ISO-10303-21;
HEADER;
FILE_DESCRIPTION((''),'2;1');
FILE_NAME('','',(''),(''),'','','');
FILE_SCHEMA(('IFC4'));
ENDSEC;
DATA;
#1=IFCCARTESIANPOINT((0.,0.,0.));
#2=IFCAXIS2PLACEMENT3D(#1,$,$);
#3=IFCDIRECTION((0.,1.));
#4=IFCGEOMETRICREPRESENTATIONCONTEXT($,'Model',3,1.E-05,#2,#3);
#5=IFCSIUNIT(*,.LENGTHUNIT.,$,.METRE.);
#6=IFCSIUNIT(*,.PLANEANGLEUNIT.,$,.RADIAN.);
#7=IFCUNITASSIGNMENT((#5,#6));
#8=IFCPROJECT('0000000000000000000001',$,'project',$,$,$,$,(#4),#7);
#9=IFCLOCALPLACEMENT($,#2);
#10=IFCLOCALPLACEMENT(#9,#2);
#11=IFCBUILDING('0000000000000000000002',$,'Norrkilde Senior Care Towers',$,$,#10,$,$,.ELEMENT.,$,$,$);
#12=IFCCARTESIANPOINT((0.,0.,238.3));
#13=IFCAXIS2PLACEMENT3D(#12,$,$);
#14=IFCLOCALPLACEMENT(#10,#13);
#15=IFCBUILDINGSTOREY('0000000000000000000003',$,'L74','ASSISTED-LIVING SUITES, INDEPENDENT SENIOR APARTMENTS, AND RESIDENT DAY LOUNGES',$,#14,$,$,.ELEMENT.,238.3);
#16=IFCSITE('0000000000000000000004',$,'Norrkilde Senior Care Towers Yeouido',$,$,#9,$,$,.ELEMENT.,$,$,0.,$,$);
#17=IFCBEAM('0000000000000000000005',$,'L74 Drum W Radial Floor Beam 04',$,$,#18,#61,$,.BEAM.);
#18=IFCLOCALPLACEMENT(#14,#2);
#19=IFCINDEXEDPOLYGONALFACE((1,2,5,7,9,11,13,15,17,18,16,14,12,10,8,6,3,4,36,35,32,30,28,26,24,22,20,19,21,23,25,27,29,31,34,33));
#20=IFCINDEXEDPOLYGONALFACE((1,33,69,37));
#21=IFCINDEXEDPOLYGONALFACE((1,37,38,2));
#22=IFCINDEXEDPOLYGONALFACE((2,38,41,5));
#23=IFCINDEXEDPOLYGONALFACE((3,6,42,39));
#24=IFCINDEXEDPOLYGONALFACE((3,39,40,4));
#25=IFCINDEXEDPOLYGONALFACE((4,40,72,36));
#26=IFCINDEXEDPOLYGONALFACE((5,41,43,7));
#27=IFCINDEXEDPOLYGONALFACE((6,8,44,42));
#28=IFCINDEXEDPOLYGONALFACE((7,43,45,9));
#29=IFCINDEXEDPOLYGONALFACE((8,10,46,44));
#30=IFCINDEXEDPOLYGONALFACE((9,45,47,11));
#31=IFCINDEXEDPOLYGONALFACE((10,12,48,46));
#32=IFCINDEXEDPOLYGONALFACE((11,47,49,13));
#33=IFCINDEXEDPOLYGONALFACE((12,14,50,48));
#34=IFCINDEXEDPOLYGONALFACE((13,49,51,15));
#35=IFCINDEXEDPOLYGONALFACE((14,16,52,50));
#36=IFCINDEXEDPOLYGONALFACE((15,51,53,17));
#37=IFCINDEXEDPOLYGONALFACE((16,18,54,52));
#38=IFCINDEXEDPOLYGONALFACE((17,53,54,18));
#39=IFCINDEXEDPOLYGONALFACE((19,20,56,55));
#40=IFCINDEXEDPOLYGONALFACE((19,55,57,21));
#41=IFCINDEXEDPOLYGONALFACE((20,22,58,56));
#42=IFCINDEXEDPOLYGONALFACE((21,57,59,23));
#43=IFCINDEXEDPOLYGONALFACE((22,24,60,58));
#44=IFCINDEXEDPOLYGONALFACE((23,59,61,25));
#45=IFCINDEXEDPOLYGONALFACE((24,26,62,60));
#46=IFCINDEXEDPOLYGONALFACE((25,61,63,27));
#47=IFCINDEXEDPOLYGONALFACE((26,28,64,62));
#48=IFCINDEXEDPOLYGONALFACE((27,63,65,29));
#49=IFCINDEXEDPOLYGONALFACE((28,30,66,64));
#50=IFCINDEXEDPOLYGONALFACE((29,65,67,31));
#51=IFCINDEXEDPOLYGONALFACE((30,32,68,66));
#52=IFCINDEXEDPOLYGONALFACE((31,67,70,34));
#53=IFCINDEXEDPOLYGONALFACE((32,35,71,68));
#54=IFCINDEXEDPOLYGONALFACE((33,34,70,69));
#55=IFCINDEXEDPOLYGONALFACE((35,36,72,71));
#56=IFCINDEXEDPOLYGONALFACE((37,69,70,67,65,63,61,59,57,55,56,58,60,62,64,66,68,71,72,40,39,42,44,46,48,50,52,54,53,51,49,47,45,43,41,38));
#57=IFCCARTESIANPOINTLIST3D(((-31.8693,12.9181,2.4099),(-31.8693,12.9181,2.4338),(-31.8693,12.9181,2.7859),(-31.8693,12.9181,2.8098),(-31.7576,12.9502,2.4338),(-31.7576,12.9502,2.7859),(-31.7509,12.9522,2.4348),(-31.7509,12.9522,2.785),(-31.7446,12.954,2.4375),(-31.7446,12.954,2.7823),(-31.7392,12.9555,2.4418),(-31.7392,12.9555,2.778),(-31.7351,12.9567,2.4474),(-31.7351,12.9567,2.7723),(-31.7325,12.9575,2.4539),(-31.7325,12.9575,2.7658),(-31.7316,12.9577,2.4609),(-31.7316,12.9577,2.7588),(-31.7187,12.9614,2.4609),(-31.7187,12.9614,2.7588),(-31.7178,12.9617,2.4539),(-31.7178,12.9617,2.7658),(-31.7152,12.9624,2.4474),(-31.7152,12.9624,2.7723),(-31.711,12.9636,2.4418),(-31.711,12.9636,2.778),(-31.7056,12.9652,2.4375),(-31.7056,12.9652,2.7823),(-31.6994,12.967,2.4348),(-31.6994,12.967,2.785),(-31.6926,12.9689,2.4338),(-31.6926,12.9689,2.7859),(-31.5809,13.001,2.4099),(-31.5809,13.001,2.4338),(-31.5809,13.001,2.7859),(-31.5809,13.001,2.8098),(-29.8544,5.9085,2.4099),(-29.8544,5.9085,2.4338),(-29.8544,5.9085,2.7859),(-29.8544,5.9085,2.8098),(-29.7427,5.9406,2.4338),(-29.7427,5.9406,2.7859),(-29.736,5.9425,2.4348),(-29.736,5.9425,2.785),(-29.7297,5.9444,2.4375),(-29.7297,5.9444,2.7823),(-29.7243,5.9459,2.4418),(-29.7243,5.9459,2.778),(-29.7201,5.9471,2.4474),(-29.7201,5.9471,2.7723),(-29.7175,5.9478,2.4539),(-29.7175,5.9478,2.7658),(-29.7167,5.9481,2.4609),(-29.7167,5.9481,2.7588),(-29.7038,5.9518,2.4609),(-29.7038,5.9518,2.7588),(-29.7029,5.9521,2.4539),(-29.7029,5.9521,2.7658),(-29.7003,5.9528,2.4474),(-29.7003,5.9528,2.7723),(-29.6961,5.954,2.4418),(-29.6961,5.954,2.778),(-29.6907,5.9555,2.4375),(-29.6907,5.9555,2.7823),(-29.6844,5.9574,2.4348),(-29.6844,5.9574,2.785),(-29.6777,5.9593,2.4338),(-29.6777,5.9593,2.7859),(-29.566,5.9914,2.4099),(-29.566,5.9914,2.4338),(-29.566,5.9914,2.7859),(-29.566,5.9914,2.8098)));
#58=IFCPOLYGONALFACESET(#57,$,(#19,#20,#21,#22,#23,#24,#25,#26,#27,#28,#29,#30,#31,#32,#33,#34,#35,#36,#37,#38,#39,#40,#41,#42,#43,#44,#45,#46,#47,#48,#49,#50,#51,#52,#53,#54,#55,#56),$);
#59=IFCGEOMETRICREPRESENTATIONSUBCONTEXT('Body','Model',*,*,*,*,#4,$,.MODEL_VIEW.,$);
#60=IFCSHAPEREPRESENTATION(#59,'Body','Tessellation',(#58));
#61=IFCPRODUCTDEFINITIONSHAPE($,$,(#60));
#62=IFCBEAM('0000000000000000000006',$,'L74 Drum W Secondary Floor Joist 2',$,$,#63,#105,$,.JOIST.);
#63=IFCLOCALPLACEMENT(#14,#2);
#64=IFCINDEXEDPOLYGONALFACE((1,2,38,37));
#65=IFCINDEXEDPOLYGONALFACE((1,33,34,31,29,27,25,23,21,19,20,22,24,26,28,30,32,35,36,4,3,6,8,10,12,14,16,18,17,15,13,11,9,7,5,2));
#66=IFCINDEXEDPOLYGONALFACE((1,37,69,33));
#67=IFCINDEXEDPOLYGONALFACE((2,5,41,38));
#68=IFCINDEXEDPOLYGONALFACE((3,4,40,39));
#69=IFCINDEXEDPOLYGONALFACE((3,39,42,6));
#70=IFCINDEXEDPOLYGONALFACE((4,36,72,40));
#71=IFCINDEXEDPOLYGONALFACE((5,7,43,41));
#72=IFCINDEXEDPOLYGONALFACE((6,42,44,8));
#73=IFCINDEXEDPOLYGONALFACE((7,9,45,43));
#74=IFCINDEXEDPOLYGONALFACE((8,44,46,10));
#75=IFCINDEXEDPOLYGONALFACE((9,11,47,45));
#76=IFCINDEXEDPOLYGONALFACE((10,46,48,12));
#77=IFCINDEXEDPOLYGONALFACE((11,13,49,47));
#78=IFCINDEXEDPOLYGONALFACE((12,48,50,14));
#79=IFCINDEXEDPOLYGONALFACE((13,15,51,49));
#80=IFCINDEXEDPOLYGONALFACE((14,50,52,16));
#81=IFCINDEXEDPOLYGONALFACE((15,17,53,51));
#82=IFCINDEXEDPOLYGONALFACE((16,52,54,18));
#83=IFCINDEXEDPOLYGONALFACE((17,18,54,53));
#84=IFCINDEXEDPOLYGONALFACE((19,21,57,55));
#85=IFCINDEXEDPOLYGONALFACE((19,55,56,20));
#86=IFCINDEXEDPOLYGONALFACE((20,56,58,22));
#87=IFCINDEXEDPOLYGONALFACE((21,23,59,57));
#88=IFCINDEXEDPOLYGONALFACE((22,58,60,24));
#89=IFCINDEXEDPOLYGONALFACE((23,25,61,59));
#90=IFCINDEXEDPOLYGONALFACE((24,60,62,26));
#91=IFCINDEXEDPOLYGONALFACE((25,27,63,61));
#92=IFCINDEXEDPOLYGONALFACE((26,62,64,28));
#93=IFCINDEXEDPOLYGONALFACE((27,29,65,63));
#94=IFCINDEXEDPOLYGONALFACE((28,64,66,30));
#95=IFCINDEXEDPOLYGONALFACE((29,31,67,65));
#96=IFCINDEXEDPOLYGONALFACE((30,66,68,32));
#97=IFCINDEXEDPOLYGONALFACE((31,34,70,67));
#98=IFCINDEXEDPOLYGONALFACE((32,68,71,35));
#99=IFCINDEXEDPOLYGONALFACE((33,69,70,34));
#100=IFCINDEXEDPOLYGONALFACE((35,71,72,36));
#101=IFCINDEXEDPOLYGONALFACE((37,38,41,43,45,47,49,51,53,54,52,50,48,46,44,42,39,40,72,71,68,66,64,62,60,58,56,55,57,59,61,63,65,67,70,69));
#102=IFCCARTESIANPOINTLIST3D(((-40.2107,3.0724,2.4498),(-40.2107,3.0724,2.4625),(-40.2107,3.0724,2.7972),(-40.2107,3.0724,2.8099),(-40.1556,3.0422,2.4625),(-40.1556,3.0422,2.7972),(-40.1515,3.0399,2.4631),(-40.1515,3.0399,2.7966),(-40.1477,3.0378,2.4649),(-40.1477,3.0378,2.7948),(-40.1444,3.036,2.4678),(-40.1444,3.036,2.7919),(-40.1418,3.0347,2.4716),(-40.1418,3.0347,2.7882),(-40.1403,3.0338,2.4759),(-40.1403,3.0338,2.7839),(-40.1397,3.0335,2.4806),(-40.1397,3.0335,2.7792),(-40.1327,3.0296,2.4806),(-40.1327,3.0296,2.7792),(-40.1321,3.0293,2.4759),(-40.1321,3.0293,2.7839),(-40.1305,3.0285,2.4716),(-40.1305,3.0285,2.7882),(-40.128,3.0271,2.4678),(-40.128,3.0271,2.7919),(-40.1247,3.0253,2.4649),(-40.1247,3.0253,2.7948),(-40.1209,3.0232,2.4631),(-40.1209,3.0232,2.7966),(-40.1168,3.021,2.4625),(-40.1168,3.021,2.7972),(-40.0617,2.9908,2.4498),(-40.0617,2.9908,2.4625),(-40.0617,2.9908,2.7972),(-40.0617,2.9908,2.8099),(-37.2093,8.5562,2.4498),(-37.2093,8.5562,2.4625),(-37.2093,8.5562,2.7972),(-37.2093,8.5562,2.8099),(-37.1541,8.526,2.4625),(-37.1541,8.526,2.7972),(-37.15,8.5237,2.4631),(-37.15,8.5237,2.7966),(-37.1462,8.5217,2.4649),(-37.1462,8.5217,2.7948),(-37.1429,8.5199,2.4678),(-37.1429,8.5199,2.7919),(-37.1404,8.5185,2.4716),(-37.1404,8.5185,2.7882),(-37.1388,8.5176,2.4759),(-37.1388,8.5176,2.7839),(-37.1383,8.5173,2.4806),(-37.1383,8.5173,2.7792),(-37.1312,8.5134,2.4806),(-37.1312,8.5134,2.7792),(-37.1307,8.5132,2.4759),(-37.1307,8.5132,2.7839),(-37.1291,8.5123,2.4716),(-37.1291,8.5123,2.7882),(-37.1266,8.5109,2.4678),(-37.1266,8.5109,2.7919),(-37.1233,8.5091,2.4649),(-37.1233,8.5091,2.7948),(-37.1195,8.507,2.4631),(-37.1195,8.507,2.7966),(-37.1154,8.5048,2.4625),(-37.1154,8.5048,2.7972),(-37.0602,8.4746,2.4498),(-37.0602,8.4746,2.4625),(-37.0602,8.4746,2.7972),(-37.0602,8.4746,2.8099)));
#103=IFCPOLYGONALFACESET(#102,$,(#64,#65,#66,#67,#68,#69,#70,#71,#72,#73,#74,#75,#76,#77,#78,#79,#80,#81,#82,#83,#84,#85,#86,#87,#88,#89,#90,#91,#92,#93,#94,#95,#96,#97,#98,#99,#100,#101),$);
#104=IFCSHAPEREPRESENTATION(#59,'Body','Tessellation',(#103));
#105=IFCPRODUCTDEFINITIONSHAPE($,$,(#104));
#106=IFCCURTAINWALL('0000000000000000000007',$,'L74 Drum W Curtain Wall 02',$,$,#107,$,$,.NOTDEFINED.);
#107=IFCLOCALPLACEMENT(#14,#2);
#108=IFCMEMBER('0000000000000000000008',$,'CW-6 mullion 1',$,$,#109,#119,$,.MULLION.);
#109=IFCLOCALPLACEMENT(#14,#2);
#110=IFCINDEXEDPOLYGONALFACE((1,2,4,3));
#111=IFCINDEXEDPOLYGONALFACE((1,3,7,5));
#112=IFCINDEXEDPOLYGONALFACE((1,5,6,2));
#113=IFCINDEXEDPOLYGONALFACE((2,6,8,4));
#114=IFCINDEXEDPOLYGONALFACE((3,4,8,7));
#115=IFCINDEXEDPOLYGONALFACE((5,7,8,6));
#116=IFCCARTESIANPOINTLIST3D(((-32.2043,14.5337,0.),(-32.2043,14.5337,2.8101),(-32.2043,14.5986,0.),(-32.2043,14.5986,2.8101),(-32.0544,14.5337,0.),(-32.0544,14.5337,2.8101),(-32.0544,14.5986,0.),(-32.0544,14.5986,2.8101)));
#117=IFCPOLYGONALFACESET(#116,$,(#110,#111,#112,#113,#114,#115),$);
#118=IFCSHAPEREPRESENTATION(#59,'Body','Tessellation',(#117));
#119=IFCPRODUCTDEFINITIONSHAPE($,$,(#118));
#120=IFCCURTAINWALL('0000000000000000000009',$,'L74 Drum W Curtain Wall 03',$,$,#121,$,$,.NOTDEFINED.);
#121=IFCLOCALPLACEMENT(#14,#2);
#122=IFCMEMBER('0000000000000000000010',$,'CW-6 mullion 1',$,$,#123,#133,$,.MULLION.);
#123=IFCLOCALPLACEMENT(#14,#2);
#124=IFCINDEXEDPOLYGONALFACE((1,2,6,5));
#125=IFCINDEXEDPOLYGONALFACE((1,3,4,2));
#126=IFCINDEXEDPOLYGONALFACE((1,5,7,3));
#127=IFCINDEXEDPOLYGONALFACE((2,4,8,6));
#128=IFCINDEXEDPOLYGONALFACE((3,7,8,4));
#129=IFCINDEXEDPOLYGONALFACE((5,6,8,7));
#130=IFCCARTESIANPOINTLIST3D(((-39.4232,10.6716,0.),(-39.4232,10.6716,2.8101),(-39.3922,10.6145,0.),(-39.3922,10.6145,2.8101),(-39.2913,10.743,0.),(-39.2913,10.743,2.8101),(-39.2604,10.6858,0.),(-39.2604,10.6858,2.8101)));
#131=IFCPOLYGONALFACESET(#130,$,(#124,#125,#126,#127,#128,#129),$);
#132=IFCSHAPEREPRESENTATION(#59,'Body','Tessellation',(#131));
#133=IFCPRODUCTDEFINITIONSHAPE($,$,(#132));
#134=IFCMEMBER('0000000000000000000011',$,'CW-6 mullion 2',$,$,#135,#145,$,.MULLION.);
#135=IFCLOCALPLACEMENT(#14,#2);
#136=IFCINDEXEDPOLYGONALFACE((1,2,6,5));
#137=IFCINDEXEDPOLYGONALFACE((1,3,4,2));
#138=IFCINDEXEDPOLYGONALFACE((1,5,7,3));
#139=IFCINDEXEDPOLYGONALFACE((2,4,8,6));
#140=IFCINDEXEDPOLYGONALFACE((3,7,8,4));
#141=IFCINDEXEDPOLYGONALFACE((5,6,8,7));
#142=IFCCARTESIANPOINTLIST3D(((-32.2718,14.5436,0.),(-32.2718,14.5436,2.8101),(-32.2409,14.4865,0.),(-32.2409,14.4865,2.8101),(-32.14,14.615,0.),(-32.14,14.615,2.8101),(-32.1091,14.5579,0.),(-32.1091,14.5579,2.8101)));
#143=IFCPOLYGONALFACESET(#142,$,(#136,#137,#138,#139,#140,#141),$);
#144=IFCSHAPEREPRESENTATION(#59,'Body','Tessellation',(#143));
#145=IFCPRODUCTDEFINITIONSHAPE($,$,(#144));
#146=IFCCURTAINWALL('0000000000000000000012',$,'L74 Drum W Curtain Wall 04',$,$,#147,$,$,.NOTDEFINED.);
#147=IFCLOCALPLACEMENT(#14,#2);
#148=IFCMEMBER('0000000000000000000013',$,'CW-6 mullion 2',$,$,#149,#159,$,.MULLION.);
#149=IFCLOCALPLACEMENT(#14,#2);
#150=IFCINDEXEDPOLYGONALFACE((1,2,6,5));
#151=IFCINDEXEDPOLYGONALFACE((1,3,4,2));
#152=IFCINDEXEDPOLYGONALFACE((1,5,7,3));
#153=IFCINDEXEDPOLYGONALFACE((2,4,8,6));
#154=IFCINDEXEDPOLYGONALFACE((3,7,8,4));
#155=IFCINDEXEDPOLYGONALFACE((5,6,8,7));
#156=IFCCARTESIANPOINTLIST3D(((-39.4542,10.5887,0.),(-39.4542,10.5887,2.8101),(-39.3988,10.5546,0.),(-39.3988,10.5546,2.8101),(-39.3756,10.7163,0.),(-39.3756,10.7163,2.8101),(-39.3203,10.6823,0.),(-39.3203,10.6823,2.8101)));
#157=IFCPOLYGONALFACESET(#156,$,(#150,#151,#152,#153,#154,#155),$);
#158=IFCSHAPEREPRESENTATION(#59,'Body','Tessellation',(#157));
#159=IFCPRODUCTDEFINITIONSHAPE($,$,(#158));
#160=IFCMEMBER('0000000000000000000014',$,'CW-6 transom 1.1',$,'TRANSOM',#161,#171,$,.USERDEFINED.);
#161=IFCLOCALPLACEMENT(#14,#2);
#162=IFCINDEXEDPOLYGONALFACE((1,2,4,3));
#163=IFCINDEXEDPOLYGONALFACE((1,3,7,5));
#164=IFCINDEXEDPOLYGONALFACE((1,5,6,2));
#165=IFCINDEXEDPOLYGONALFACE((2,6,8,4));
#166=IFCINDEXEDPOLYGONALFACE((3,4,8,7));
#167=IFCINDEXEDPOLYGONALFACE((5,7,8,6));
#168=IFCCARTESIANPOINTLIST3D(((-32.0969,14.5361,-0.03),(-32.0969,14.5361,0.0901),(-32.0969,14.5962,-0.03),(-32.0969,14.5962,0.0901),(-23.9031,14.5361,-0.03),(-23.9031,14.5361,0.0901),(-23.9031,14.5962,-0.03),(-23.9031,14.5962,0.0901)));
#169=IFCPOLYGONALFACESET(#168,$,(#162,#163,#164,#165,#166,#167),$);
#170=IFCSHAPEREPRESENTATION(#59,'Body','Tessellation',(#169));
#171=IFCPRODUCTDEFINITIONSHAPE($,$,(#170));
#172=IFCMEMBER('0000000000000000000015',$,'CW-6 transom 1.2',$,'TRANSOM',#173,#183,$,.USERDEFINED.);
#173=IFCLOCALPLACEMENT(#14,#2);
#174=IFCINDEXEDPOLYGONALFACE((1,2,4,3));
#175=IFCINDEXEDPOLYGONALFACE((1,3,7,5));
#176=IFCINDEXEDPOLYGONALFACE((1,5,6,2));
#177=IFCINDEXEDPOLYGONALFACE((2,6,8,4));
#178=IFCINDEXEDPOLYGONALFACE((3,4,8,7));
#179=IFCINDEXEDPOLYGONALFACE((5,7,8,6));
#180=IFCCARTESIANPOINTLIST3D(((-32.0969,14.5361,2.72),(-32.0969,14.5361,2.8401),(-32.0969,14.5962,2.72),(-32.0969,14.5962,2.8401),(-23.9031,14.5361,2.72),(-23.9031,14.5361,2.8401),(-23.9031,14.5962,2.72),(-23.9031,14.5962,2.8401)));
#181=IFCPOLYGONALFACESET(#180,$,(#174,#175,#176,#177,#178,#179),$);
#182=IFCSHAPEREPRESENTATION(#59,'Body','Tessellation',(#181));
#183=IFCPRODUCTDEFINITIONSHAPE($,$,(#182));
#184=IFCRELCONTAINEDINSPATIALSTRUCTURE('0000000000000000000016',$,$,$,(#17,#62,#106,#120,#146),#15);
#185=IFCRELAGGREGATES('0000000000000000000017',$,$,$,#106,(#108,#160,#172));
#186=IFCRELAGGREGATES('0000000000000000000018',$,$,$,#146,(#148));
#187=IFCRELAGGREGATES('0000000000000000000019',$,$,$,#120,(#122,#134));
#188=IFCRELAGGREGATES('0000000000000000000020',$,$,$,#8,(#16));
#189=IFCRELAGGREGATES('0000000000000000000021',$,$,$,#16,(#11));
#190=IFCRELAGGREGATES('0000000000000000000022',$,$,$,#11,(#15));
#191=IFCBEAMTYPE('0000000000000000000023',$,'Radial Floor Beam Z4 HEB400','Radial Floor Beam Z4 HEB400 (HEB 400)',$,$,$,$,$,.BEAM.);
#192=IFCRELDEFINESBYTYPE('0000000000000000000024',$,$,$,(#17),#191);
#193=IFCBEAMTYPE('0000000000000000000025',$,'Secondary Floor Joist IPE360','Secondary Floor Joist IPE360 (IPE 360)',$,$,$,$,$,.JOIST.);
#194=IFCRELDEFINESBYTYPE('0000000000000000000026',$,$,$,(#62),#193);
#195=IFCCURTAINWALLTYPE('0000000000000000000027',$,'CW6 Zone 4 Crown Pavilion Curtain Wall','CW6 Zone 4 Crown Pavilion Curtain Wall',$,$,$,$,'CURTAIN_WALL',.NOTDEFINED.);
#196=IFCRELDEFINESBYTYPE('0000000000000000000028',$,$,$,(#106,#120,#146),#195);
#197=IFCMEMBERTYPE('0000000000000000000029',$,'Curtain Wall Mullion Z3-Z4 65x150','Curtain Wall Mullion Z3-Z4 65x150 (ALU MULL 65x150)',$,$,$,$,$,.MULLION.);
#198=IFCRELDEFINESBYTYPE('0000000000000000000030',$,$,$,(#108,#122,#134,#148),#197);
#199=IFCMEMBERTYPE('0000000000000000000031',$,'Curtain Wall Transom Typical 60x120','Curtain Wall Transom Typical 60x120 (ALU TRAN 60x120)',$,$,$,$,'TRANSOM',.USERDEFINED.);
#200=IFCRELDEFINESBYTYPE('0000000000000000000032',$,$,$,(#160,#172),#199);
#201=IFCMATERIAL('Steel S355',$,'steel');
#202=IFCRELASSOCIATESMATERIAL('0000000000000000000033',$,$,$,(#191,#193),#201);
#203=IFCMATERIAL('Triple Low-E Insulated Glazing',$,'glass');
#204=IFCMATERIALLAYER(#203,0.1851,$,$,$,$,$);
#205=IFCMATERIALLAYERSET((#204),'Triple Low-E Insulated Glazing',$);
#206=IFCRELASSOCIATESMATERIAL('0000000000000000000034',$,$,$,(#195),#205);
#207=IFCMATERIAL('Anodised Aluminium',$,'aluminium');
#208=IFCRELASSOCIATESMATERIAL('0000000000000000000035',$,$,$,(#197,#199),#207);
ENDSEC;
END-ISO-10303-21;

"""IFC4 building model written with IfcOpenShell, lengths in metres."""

from ifc_helpers import new_model, si_unit, direction, frame, origin, origin_2d, place, context, subcontext, project, spatial, rectangle, i_section, extrude, source, transform, mapped, material, layer, layer_set, material_profile, profile_set, type_object, type_shapes, element, aggregate, save


model = new_model("IFC4")

# Units and contexts
model_context = context("Model", 3, precision=1e-05, world=origin(), true_north=direction((0.0, 1.0)))
body_context = subcontext(model_context, "Body", "Model", "MODEL_VIEW")
ifc_project = project(units=[si_unit("LENGTHUNIT", "METRE"), si_unit("PLANEANGLEUNIT", "RADIAN")], contexts=[model_context])

# Site, building, storey
site_placement = place(None, origin())
site = spatial("IfcSite", under=ifc_project, at=site_placement, Name="Norrkilde Senior Care Towers Yeouido", CompositionType="ELEMENT", RefElevation=0.0)
building_placement = place(site_placement, origin())
building = spatial("IfcBuilding", under=site, at=building_placement, Name="Norrkilde Senior Care Towers", CompositionType="ELEMENT")
storey_placement = place(building_placement, frame((0.0, 0.0, 238.3)))
storey = spatial("IfcBuildingStorey", under=building, at=storey_placement, Name="L74", Description="ASSISTED-LIVING SUITES, INDEPENDENT SENIOR APARTMENTS, AND RESIDENT DAY LOUNGES", CompositionType="ELEMENT", Elevation=238.3)

# Beams
ifc_material_1 = material(Name="Steel S355", Category="steel")
ifc_material_profile_1 = material_profile(ifc_material_1, i_section(OverallWidth=0.3, OverallDepth=0.3999, WebThickness=0.0134, FlangeThickness=0.0239, FilletRadius=0.0271, at=origin_2d()), Name="HEB 400")
ifc_profile_set_1 = profile_set([ifc_material_profile_1], Name="Steel S355")
beam_type_1 = type_object("IfcBeamType", Name="Radial Floor Beam Z4 HEB400", Description="Radial Floor Beam Z4 HEB400 (HEB 400)", PredefinedType="BEAM", material=ifc_profile_set_1)
shared_shape_1 = source(origin(), body_context, "Body", "SweptSolid", [
    extrude(i_section(OverallWidth=0.3, OverallDepth=0.3999, WebThickness=0.0134, FlangeThickness=0.0239, FilletRadius=0.0271, at=origin_2d()), origin(), (0.0, 0.0, 1.0), 7.2935),
])
type_shapes(beam_type_1, [shared_shape_1])
beam_1_placement = place(storey_placement, frame((-29.7102, 5.95, 2.6099), z_axis=(-0.276264, 0.961082, 0.0), x_axis=(-0.961082, -0.276264, 0.0)))
element("IfcBeam", 1, at=beam_1_placement, inside=storey, type_object=beam_type_1, Name="L74 Drum W Radial Floor Beam 04", PredefinedType="BEAM", context=body_context, shape_type="MappedRepresentation", body=[
    mapped(shared_shape_1, transform((0.0, 0.0, 0.0), x_axis=(1.0, 0.0, 0.0), y_axis=(0.0, 1.0, 0.0), z_axis=(0.0, 0.0, 1.0), scale=1.0)),
])
ifc_material_profile_2 = material_profile(ifc_material_1, i_section(OverallWidth=0.1699, OverallDepth=0.3601, WebThickness=0.0081, FlangeThickness=0.0127, FilletRadius=0.0181, at=origin_2d()), Name="IPE 360")
ifc_profile_set_2 = profile_set([ifc_material_profile_2], Name="Steel S355")
beam_type_2 = type_object("IfcBeamType", Name="Secondary Floor Joist IPE360", Description="Secondary Floor Joist IPE360 (IPE 360)", PredefinedType="JOIST", material=ifc_profile_set_2)
shared_shape_2 = source(origin(), body_context, "Body", "SweptSolid", [
    extrude(i_section(OverallWidth=0.1699, OverallDepth=0.3601, WebThickness=0.0081, FlangeThickness=0.0127, FilletRadius=0.0181, at=origin_2d()), origin(), (0.0, 0.0, 1.0), 6.2515),
])
type_shapes(beam_type_2, [shared_shape_2])
beam_2_placement = place(storey_placement, frame((-37.1348, 8.5154, 2.6299), z_axis=(-0.480116, -0.877205, 0.0), x_axis=(0.877205, -0.480116, 0.0)))
element("IfcBeam", 2, at=beam_2_placement, inside=storey, type_object=beam_type_2, Name="L74 Drum W Secondary Floor Joist 2", PredefinedType="JOIST", context=body_context, shape_type="MappedRepresentation", body=[
    mapped(shared_shape_2, transform((0.0, 0.0, 0.0), x_axis=(1.0, 0.0, 0.0), y_axis=(0.0, 1.0, 0.0), z_axis=(0.0, 0.0, 1.0), scale=1.0)),
])

# Curtain wall, member
ifc_material_2 = material(Name="Triple Low-E Insulated Glazing", Category="glass")
ifc_layer_1 = layer(ifc_material_2, 0.1851)
ifc_layer_set_1 = layer_set([ifc_layer_1], Name="Triple Low-E Insulated Glazing")
curtain_wall_type = type_object("IfcCurtainWallType", Name="CW6 Zone 4 Crown Pavilion Curtain Wall", Description="CW6 Zone 4 Crown Pavilion Curtain Wall", ElementType="CURTAIN_WALL", PredefinedType="NOTDEFINED", material=ifc_layer_set_1)
curtain_wall_1_placement = place(storey_placement, origin())
curtain_wall_1 = element("IfcCurtainWall", 3, at=curtain_wall_1_placement, inside=storey, type_object=curtain_wall_type, Name="L74 Drum W Curtain Wall 02", PredefinedType="NOTDEFINED")
ifc_material_3 = material(Name="Anodised Aluminium", Category="aluminium")
ifc_material_profile_3 = material_profile(ifc_material_3, rectangle(XDim=0.0649, YDim=0.1499, at=origin_2d()), Name="ALU MULL 65x150")
ifc_profile_set_3 = profile_set([ifc_material_profile_3], Name="Anodised Aluminium")
member_type_1 = type_object("IfcMemberType", Name="Curtain Wall Mullion Z3-Z4 65x150", Description="Curtain Wall Mullion Z3-Z4 65x150 (ALU MULL 65x150)", PredefinedType="MULLION", material=ifc_profile_set_3)
shared_shape_3 = source(origin(), body_context, "Body", "SweptSolid", [
    extrude(rectangle(XDim=0.0649, YDim=0.1499, at=origin_2d()), origin(), (0.0, 0.0, 1.0), 2.8101),
])
type_shapes(member_type_1, [shared_shape_3])
member_1_placement = place(storey_placement, frame((-32.1294, 14.5662, 0.0), z_axis=(0.0, 0.0, 1.0), x_axis=(0.0, 1.0, 0.0)))
member_1 = element("IfcMember", 4, at=member_1_placement, type_object=member_type_1, Name="CW-6 mullion 1", PredefinedType="MULLION", context=body_context, shape_type="MappedRepresentation", body=[
    mapped(shared_shape_3, transform((0.0, 0.0, 0.0), x_axis=(1.0, 0.0, 0.0), y_axis=(0.0, 1.0, 0.0), z_axis=(0.0, 0.0, 1.0), scale=1.0)),
])

# Curtain wall, members
curtain_wall_2_placement = place(storey_placement, origin())
curtain_wall_2 = element("IfcCurtainWall", 5, at=curtain_wall_2_placement, inside=storey, type_object=curtain_wall_type, Name="L74 Drum W Curtain Wall 03", PredefinedType="NOTDEFINED")
member_2_placement = place(storey_placement, frame((-39.3418, 10.6787, 0.0), z_axis=(0.0, 0.0, 1.0), x_axis=(-0.476133, 0.879373, 0.0)))
member_2 = element("IfcMember", 6, at=member_2_placement, type_object=member_type_1, Name="CW-6 mullion 1", PredefinedType="MULLION", context=body_context, shape_type="MappedRepresentation", body=[
    mapped(shared_shape_3, transform((0.0, 0.0, 0.0), x_axis=(1.0, 0.0, 0.0), y_axis=(0.0, 1.0, 0.0), z_axis=(0.0, 0.0, 1.0), scale=1.0)),
])
member_3_placement = place(storey_placement, frame((-32.1904, 14.5508, 0.0), z_axis=(0.0, 0.0, 1.0), x_axis=(-0.476133, 0.879373, 0.0)))
member_3 = element("IfcMember", 7, at=member_3_placement, type_object=member_type_1, Name="CW-6 mullion 2", PredefinedType="MULLION", context=body_context, shape_type="MappedRepresentation", body=[
    mapped(shared_shape_3, transform((0.0, 0.0, 0.0), x_axis=(1.0, 0.0, 0.0), y_axis=(0.0, 1.0, 0.0), z_axis=(0.0, 0.0, 1.0), scale=1.0)),
])

# Curtain wall, member
curtain_wall_3_placement = place(storey_placement, origin())
curtain_wall_3 = element("IfcCurtainWall", 8, at=curtain_wall_3_placement, inside=storey, type_object=curtain_wall_type, Name="L74 Drum W Curtain Wall 04", PredefinedType="NOTDEFINED")
member_4_placement = place(storey_placement, frame((-39.3872, 10.6355, 0.0), z_axis=(0.0, 0.0, 1.0), x_axis=(-0.851563, 0.524253, 0.0)))
member_4 = element("IfcMember", 9, at=member_4_placement, type_object=member_type_1, Name="CW-6 mullion 2", PredefinedType="MULLION", context=body_context, shape_type="MappedRepresentation", body=[
    mapped(shared_shape_3, transform((0.0, 0.0, 0.0), x_axis=(1.0, 0.0, 0.0), y_axis=(0.0, 1.0, 0.0), z_axis=(0.0, 0.0, 1.0), scale=1.0)),
])

# Members
ifc_material_profile_4 = material_profile(ifc_material_3, rectangle(XDim=0.0601, YDim=0.1201, at=origin_2d()), Name="ALU TRAN 60x120")
ifc_profile_set_4 = profile_set([ifc_material_profile_4], Name="Anodised Aluminium")
member_type_2 = type_object("IfcMemberType", Name="Curtain Wall Transom Typical 60x120", Description="Curtain Wall Transom Typical 60x120 (ALU TRAN 60x120)", ElementType="TRANSOM", PredefinedType="USERDEFINED", material=ifc_profile_set_4)
shared_shape_4 = source(origin(), body_context, "Body", "SweptSolid", [
    extrude(rectangle(XDim=0.0601, YDim=0.1201, at=origin_2d()), origin(), (0.0, 0.0, 1.0), 8.1938),
])
member_5_placement = place(storey_placement, frame((-32.0969, 14.5662, 0.03), z_axis=(1.0, 0.0, 0.0), x_axis=(0.0, 1.0, 0.0)))
member_5 = element("IfcMember", 10, at=member_5_placement, type_object=member_type_2, Name="CW-6 transom 1.1", ObjectType="TRANSOM", PredefinedType="USERDEFINED", context=body_context, shape_type="MappedRepresentation", body=[
    mapped(shared_shape_4, transform((0.0, 0.0, 0.0), x_axis=(1.0, 0.0, 0.0), y_axis=(0.0, 1.0, 0.0), z_axis=(0.0, 0.0, 1.0), scale=1.0)),
])
member_6_placement = place(storey_placement, frame((-32.0969, 14.5662, 2.78), z_axis=(1.0, 0.0, 0.0), x_axis=(0.0, 1.0, 0.0)))
member_6 = element("IfcMember", 11, at=member_6_placement, type_object=member_type_2, Name="CW-6 transom 1.2", ObjectType="TRANSOM", PredefinedType="USERDEFINED", context=body_context, shape_type="MappedRepresentation", body=[
    mapped(shared_shape_4, transform((0.0, 0.0, 0.0), x_axis=(1.0, 0.0, 0.0), y_axis=(0.0, 1.0, 0.0), z_axis=(0.0, 0.0, 1.0), scale=1.0)),
])
aggregate(curtain_wall_1, [member_1, member_5, member_6])

aggregate(curtain_wall_3, [member_4])
aggregate(curtain_wall_2, [member_2, member_3])

save(model, "model.ifc")
